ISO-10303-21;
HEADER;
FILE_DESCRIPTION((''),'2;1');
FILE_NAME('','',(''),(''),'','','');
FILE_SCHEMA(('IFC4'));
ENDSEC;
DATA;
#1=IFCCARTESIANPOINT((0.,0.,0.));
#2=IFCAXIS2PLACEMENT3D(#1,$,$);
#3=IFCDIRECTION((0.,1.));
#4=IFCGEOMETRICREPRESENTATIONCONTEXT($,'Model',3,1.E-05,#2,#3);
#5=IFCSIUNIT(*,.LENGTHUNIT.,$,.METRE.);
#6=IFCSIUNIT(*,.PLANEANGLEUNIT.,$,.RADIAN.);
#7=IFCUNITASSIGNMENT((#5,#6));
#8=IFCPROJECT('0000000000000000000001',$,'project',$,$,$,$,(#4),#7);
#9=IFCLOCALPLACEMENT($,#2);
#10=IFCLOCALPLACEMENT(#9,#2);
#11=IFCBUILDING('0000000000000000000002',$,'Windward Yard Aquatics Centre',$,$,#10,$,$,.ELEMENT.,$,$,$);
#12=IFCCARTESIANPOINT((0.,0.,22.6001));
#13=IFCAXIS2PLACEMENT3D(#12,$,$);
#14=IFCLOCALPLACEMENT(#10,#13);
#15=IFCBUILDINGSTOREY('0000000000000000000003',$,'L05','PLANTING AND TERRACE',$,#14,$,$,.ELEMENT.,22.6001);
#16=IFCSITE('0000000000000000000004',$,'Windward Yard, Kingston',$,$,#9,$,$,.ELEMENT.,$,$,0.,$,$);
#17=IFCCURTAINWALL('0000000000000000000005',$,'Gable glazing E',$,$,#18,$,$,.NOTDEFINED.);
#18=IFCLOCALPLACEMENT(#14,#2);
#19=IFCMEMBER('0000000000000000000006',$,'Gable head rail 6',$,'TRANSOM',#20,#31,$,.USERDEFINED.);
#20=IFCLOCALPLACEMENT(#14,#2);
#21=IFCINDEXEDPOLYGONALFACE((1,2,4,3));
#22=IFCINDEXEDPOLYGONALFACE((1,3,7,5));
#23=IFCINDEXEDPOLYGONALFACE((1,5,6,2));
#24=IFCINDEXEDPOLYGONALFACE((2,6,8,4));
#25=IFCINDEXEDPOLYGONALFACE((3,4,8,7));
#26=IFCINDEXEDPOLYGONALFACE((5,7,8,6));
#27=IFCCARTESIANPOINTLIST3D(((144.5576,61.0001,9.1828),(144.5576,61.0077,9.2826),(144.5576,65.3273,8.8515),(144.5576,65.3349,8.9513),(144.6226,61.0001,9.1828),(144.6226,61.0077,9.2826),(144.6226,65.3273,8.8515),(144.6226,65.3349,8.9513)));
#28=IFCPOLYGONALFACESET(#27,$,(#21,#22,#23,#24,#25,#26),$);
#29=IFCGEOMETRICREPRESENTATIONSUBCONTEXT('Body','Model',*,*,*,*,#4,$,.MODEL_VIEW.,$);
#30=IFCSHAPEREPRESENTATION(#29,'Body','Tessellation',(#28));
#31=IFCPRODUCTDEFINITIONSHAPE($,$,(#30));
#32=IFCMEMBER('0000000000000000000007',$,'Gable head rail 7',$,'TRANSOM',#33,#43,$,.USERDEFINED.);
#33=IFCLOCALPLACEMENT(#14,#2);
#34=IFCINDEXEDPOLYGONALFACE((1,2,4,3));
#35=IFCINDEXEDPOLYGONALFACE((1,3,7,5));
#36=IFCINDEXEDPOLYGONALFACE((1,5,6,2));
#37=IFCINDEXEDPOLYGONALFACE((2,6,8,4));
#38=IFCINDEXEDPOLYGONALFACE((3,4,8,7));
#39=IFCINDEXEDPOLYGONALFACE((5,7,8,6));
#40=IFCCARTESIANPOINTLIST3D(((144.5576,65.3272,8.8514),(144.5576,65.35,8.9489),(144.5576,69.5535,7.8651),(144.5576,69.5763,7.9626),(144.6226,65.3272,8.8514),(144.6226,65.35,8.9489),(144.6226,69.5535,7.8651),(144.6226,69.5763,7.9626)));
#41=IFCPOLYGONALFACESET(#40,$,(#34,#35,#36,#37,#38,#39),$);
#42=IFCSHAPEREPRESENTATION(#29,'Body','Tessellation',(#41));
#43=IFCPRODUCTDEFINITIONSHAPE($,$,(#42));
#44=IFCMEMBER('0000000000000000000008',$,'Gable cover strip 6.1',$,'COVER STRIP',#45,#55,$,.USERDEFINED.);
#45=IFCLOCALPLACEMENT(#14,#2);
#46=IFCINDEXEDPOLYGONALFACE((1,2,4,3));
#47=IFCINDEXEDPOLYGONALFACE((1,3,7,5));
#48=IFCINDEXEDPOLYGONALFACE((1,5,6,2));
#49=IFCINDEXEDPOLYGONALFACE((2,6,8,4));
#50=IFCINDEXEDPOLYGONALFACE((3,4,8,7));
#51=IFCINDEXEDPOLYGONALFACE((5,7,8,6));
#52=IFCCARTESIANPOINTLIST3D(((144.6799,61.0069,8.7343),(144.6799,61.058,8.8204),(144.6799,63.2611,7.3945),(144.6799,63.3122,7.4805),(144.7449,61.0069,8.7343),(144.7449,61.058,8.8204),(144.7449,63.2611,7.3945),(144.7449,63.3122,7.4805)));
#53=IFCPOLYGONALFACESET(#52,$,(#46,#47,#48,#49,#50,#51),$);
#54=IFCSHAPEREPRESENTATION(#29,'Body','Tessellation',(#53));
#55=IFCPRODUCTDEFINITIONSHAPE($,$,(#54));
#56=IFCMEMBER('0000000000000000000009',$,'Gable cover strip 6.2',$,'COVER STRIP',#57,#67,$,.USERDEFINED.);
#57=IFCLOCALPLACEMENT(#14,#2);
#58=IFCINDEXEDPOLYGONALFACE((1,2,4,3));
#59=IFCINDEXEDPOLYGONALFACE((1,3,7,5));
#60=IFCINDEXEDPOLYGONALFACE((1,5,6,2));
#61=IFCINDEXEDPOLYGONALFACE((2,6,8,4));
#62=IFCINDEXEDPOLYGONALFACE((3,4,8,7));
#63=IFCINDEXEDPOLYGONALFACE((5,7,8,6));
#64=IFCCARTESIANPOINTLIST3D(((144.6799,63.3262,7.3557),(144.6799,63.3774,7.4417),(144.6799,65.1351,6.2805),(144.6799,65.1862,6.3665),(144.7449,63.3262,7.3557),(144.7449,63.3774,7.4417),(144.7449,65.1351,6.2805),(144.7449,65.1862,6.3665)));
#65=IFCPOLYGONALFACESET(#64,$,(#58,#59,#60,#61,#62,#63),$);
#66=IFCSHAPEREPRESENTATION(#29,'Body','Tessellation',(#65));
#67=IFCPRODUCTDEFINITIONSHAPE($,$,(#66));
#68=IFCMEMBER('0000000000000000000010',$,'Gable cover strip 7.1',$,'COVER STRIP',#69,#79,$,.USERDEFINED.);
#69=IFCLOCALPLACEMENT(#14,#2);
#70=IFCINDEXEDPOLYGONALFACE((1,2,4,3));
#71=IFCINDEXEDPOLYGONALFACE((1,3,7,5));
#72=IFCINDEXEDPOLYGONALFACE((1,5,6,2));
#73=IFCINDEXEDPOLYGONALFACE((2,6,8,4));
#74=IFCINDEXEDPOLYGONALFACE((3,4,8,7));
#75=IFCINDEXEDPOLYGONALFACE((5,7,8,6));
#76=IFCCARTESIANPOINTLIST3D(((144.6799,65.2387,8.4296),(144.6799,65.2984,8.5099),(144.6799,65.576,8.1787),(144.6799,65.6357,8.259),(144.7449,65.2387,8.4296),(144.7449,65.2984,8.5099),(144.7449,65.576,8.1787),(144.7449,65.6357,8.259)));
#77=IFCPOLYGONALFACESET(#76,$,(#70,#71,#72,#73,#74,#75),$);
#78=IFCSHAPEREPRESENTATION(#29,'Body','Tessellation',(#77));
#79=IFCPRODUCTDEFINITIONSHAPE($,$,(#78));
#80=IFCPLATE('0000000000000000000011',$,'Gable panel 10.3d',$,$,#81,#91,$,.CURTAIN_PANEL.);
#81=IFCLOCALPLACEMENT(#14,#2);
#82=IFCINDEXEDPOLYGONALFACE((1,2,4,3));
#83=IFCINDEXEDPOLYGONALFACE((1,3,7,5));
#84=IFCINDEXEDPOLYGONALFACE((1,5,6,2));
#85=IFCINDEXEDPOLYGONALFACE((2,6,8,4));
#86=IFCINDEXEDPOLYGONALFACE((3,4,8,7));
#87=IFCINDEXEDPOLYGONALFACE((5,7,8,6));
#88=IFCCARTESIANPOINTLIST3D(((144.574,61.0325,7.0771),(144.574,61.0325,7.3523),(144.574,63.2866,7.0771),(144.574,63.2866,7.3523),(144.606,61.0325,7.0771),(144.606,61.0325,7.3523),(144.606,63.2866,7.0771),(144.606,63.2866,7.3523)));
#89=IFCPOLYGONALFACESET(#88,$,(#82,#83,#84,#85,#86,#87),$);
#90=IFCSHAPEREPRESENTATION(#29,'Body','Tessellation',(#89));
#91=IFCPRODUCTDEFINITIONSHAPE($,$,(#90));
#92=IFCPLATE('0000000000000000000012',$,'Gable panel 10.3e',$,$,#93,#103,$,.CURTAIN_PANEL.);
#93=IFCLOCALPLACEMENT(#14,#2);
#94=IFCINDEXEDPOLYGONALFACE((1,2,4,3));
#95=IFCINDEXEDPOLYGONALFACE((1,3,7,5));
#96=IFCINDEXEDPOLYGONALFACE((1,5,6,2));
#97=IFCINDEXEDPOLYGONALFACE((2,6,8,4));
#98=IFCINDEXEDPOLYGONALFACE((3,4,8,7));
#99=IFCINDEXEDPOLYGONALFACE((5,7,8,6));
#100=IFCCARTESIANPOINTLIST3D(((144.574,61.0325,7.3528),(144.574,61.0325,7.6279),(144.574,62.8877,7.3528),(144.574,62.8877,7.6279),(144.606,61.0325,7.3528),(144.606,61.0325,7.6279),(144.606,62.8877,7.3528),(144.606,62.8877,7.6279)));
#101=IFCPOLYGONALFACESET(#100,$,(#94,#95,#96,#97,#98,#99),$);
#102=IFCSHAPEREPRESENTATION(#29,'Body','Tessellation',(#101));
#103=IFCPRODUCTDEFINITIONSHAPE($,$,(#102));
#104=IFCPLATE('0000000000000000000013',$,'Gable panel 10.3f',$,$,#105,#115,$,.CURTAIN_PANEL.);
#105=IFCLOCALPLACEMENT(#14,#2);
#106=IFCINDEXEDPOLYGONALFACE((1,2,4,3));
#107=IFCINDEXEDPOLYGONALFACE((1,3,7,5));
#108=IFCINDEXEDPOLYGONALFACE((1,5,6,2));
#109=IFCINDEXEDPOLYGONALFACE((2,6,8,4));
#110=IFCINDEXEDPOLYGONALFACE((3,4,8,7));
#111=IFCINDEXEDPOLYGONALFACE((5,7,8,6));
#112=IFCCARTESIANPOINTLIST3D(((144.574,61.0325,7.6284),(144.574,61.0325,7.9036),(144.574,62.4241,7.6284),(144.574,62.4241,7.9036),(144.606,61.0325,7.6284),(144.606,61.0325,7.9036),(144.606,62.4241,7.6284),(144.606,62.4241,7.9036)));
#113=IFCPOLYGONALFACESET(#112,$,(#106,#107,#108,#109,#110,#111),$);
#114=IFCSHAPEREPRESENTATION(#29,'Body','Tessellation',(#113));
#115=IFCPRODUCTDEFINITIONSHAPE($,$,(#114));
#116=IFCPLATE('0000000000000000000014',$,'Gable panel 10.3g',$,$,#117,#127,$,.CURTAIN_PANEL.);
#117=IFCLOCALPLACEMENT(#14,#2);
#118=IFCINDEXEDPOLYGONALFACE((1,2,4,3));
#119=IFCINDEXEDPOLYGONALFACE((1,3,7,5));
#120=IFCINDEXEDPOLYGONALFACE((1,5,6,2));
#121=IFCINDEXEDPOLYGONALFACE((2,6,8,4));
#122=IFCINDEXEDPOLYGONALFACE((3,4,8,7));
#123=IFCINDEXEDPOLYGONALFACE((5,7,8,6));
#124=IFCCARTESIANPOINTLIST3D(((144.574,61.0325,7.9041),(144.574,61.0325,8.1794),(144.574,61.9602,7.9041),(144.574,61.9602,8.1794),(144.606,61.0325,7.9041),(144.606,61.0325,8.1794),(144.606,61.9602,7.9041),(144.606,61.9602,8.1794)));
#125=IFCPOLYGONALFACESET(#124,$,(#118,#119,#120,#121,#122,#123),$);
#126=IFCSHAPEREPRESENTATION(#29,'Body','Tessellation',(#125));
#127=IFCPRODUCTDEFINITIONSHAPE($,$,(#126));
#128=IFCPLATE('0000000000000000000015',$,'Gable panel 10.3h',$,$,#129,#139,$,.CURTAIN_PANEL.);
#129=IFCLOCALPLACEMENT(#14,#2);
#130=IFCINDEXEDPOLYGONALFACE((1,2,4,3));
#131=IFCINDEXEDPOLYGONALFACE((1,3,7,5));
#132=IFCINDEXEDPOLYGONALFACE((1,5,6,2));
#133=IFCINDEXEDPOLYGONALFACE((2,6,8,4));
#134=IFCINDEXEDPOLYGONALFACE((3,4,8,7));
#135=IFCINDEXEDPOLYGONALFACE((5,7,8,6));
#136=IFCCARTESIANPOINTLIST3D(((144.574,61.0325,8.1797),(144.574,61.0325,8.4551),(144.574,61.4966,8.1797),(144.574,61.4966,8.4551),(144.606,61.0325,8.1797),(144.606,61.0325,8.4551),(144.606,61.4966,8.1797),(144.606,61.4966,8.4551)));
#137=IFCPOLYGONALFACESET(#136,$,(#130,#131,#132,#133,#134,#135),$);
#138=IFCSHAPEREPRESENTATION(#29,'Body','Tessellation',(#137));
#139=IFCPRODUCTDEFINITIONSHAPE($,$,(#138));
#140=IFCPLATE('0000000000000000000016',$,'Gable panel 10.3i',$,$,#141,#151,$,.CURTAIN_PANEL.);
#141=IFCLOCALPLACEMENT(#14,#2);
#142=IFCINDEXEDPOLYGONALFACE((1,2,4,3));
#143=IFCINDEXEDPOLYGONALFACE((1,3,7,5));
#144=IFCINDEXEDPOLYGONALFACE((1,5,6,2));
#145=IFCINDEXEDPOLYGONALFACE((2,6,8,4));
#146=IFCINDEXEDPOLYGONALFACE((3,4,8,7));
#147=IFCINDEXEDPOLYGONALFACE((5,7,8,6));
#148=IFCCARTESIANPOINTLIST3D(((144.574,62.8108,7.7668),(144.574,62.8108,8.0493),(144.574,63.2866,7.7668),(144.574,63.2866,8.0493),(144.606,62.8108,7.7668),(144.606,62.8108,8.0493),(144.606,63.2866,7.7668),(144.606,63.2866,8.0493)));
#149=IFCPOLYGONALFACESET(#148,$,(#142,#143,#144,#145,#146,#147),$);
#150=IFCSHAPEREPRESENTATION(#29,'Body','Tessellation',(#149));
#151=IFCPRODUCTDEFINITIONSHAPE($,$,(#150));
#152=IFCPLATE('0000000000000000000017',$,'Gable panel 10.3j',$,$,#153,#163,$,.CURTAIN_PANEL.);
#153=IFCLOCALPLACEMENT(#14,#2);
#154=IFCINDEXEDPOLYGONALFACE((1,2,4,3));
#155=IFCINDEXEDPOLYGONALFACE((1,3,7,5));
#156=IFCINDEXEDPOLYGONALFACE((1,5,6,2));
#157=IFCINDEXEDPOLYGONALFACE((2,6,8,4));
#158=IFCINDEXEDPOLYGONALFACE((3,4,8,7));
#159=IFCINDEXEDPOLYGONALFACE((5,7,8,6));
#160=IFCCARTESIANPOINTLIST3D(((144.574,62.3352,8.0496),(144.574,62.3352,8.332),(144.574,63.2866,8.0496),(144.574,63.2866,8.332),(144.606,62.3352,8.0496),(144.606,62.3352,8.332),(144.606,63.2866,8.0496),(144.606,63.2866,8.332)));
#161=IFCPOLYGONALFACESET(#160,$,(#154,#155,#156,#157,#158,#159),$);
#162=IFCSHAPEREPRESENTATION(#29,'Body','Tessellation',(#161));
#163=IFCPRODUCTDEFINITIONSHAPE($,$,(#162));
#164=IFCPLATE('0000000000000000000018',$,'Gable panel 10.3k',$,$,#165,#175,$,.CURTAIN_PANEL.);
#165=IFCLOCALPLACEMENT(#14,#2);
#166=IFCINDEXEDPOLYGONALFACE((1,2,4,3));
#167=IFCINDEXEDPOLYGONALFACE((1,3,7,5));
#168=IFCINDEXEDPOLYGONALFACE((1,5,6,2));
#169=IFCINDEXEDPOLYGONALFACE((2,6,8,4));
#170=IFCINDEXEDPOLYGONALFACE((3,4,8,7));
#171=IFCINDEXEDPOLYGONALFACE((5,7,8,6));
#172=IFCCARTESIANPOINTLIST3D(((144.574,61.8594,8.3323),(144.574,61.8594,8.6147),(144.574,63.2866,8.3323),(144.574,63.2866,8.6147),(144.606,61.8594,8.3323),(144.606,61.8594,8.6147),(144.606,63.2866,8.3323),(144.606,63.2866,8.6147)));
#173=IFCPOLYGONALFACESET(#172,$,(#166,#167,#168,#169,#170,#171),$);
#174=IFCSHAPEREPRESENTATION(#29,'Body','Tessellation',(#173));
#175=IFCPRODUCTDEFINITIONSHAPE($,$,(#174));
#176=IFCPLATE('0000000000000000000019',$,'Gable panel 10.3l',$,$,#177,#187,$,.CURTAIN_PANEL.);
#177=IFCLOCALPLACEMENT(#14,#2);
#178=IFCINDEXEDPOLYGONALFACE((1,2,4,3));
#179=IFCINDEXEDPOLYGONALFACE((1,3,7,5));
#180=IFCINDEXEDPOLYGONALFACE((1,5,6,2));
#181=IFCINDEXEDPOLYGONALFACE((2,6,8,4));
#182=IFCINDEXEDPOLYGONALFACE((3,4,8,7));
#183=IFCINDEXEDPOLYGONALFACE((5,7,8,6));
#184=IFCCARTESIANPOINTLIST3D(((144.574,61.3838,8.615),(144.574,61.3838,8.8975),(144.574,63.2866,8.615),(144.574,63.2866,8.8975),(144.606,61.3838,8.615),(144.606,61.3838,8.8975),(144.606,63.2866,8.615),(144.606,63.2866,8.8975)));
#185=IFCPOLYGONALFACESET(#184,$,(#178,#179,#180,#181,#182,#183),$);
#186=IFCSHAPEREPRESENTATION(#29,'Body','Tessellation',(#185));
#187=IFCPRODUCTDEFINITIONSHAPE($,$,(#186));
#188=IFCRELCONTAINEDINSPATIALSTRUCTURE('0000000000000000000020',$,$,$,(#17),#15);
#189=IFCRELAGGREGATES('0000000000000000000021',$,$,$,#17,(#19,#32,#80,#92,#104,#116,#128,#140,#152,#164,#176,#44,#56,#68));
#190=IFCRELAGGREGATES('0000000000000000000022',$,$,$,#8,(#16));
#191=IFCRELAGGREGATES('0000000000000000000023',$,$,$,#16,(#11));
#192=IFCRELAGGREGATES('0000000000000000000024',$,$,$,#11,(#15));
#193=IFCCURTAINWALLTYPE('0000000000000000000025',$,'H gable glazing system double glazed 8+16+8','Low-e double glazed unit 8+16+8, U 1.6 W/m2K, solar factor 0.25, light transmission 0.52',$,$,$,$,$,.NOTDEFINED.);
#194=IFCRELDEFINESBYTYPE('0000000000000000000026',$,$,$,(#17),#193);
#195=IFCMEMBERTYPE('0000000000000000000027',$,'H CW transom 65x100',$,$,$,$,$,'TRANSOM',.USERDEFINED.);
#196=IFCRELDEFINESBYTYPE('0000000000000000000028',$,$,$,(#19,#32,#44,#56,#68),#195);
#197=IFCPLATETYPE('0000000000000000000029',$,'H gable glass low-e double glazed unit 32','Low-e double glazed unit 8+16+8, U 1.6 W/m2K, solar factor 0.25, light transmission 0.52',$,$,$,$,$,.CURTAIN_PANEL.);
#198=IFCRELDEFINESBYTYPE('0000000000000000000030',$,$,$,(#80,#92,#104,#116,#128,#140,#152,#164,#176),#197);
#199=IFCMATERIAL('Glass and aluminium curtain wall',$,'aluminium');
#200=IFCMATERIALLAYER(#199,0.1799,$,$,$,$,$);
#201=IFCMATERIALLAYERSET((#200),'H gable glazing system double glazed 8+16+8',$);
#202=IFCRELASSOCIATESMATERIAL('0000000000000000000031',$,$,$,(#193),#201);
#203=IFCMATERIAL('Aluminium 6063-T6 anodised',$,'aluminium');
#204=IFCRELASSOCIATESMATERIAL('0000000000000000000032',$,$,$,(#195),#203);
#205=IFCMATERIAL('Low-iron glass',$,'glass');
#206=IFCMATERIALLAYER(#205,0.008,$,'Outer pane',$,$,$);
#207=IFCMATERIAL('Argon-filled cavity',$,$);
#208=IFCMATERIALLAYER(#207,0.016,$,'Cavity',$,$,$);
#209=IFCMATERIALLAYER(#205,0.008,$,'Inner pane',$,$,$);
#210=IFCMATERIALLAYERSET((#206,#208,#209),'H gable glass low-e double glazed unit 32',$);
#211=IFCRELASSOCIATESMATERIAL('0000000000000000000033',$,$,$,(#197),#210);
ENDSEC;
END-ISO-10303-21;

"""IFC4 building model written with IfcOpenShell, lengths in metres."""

from ifc_helpers import new_model, si_unit, direction, frame, origin, origin_2d, place, context, subcontext, project, spatial, polyline, rectangle, outline, extrude, material, layer, layer_set, material_profile, profile_set, type_object, element, aggregate, save


model = new_model("IFC4")

# Units and contexts
model_context = context("Model", 3, precision=1e-05, world=origin(), true_north=direction((0.0, 1.0)))
body_context = subcontext(model_context, "Body", "Model", "MODEL_VIEW")
ifc_project = project(units=[si_unit("LENGTHUNIT", "METRE"), si_unit("PLANEANGLEUNIT", "RADIAN")], contexts=[model_context])

# Site, building, storey
site_placement = place(None, origin())
site = spatial("IfcSite", under=ifc_project, at=site_placement, Name="Windward Yard, Kingston", CompositionType="ELEMENT", RefElevation=0.0)
building_placement = place(site_placement, origin())
building = spatial("IfcBuilding", under=site, at=building_placement, Name="Windward Yard Aquatics Centre", CompositionType="ELEMENT")
storey_placement = place(building_placement, frame((0.0, 0.0, 22.6001)))
storey = spatial("IfcBuildingStorey", under=building, at=storey_placement, Name="L05", Description="PLANTING AND TERRACE", CompositionType="ELEMENT", Elevation=22.6001)

# Curtain wall, members, plates
ifc_material_1 = material(Name="Glass and aluminium curtain wall", Category="aluminium")
ifc_layer_1 = layer(ifc_material_1, 0.1799)
ifc_layer_set_1 = layer_set([ifc_layer_1], Name="H gable glazing system double glazed 8+16+8")
curtain_wall_type = type_object("IfcCurtainWallType", Name="H gable glazing system double glazed 8+16+8", Description="Low-e double glazed unit 8+16+8, U 1.6 W/m2K, solar factor 0.25, light transmission 0.52", PredefinedType="NOTDEFINED", material=ifc_layer_set_1)
curtain_wall_placement = place(storey_placement, origin())
curtain_wall = element("IfcCurtainWall", 1, at=curtain_wall_placement, inside=storey, type_object=curtain_wall_type, Name="Gable glazing E", PredefinedType="NOTDEFINED")
ifc_material_2 = material(Name="Aluminium 6063-T6 anodised", Category="aluminium")
ifc_material_profile = material_profile(ifc_material_2, rectangle(XDim=0.0649, YDim=0.1001, at=origin_2d()), Name="H CW transom 65x100")
ifc_profile_set = profile_set([ifc_material_profile], Name="Aluminium 6063-T6 anodised")
member_type = type_object("IfcMemberType", Name="H CW transom 65x100", ElementType="TRANSOM", PredefinedType="USERDEFINED", material=ifc_profile_set)
member_1_placement = place(storey_placement, frame((144.5901, 61.0039, 9.2327), z_axis=(0.0, 0.997082, -0.076339), x_axis=(-1.0, 0.0, 0.0)))
member_1 = element("IfcMember", 2, at=member_1_placement, type_object=member_type, Name="Gable head rail 6", ObjectType="TRANSOM", PredefinedType="USERDEFINED", context=body_context, shape_type="SweptSolid", body=[
    extrude(rectangle(XDim=0.0649, YDim=0.1001, at=origin_2d()), origin(), (0.0, 0.0, 1.0), 4.3398),
])
member_2_placement = place(storey_placement, frame((144.5901, 65.3386, 8.9001), z_axis=(0.0, 0.973832, -0.227271), x_axis=(-1.0, 0.0, 0.0)))
member_2 = element("IfcMember", 3, at=member_2_placement, type_object=member_type, Name="Gable head rail 7", ObjectType="TRANSOM", PredefinedType="USERDEFINED", context=body_context, shape_type="SweptSolid", body=[
    extrude(rectangle(XDim=0.0649, YDim=0.1001, at=origin_2d()), origin(), (0.0, 0.0, 1.0), 4.3398),
])
member_3_placement = place(storey_placement, frame((144.7124, 61.0325, 8.7773), z_axis=(0.0, 0.859613, -0.510945), x_axis=(-1.0, 0.0, 0.0)))
member_3 = element("IfcMember", 4, at=member_3_placement, type_object=member_type, Name="Gable cover strip 6.1", ObjectType="COVER STRIP", PredefinedType="USERDEFINED", context=body_context, shape_type="SweptSolid", body=[
    extrude(rectangle(XDim=0.0649, YDim=0.1001, at=origin_2d()), origin(), (0.0, 0.0, 1.0), 2.6223),
])
member_4_placement = place(storey_placement, frame((144.7124, 63.3518, 7.3987), z_axis=(0.0, 0.859605, -0.51096), x_axis=(-1.0, 0.0, 0.0)))
member_4 = element("IfcMember", 5, at=member_4_placement, type_object=member_type, Name="Gable cover strip 6.2", ObjectType="COVER STRIP", PredefinedType="USERDEFINED", context=body_context, shape_type="SweptSolid", body=[
    extrude(rectangle(XDim=0.0649, YDim=0.1001, at=origin_2d()), origin(), (0.0, 0.0, 1.0), 2.1042),
])
member_5_placement = place(storey_placement, frame((144.7124, 65.2686, 8.4697), z_axis=(0.0, 0.802363, -0.596837), x_axis=(-1.0, 0.0, 0.0)))
member_5 = element("IfcMember", 6, at=member_5_placement, type_object=member_type, Name="Gable cover strip 7.1", ObjectType="COVER STRIP", PredefinedType="USERDEFINED", context=body_context, shape_type="SweptSolid", body=[
    extrude(rectangle(XDim=0.0649, YDim=0.1001, at=origin_2d()), origin(), (0.0, 0.0, 1.0), 0.4204),
])
ifc_material_3 = material(Name="Low-iron glass", Category="glass")
ifc_layer_2 = layer(ifc_material_3, 0.008, Name="Outer pane")
ifc_material_4 = material(Name="Argon-filled cavity")
ifc_layer_3 = layer(ifc_material_4, 0.016, Name="Cavity")
ifc_layer_4 = layer(ifc_material_3, 0.008, Name="Inner pane")
ifc_layer_set_2 = layer_set([ifc_layer_2, ifc_layer_3, ifc_layer_4], Name="H gable glass low-e double glazed unit 32")
plate_type = type_object("IfcPlateType", Name="H gable glass low-e double glazed unit 32", Description="Low-e double glazed unit 8+16+8, U 1.6 W/m2K, solar factor 0.25, light transmission 0.52", PredefinedType="CURTAIN_PANEL", material=ifc_layer_set_2)
plate_1_placement = place(storey_placement, frame((144.606, 61.0325, 7.0771), z_axis=(1.0, 0.0, 0.0), x_axis=(0.0, 1.0, 0.0)))
plate_1 = element("IfcPlate", 7, at=plate_1_placement, type_object=plate_type, Name="Gable panel 10.3d", PredefinedType="CURTAIN_PANEL", context=body_context, shape_type="SweptSolid", body=[
    extrude(outline(polyline([(0.0, 0.0), (2.2542, 0.0), (2.2542, 0.2751), (0.0, 0.2751), (0.0, 0.0)])), origin(), (0.0, 0.0, -1.0), 0.032),
])
plate_2_placement = place(storey_placement, frame((144.606, 61.0325, 7.3528), z_axis=(1.0, 0.0, 0.0), x_axis=(0.0, 1.0, 0.0)))
plate_2 = element("IfcPlate", 8, at=plate_2_placement, type_object=plate_type, Name="Gable panel 10.3e", PredefinedType="CURTAIN_PANEL", context=body_context, shape_type="SweptSolid", body=[
    extrude(outline(polyline([(0.0, 0.0), (1.8552, 0.0), (1.8552, 0.2751), (0.0, 0.2751), (0.0, 0.0)])), origin(), (0.0, 0.0, -1.0), 0.032),
])
plate_3_placement = place(storey_placement, frame((144.606, 61.0325, 7.6284), z_axis=(1.0, 0.0, 0.0), x_axis=(0.0, 1.0, 0.0)))
plate_3 = element("IfcPlate", 9, at=plate_3_placement, type_object=plate_type, Name="Gable panel 10.3f", PredefinedType="CURTAIN_PANEL", context=body_context, shape_type="SweptSolid", body=[
    extrude(outline(polyline([(0.0, 0.0), (1.3916, 0.0), (1.3916, 0.2751), (0.0, 0.2751), (0.0, 0.0)])), origin(), (0.0, 0.0, -1.0), 0.032),
])
plate_4_placement = place(storey_placement, frame((144.606, 61.0325, 7.9041), z_axis=(1.0, 0.0, 0.0), x_axis=(0.0, 1.0, 0.0)))
plate_4 = element("IfcPlate", 10, at=plate_4_placement, type_object=plate_type, Name="Gable panel 10.3g", PredefinedType="CURTAIN_PANEL", context=body_context, shape_type="SweptSolid", body=[
    extrude(outline(polyline([(0.0, 0.0), (0.9277, 0.0), (0.9277, 0.2754), (0.0, 0.2754), (0.0, 0.0)])), origin(), (0.0, 0.0, -1.0), 0.032),
])
plate_5_placement = place(storey_placement, frame((144.606, 61.0325, 8.1797), z_axis=(1.0, 0.0, 0.0), x_axis=(0.0, 1.0, 0.0)))
plate_5 = element("IfcPlate", 11, at=plate_5_placement, type_object=plate_type, Name="Gable panel 10.3h", PredefinedType="CURTAIN_PANEL", context=body_context, shape_type="SweptSolid", body=[
    extrude(outline(polyline([(0.0, 0.0), (0.4641, 0.0), (0.4641, 0.2754), (0.0, 0.2754), (0.0, 0.0)])), origin(), (0.0, 0.0, -1.0), 0.032),
])
plate_6_placement = place(storey_placement, frame((144.606, 62.8108, 7.7668), z_axis=(1.0, 0.0, 0.0), x_axis=(0.0, 1.0, 0.0)))
plate_6 = element("IfcPlate", 12, at=plate_6_placement, type_object=plate_type, Name="Gable panel 10.3i", PredefinedType="CURTAIN_PANEL", context=body_context, shape_type="SweptSolid", body=[
    extrude(outline(polyline([(0.0, 0.0), (0.4758, 0.0), (0.4758, 0.2825), (0.0, 0.2825), (0.0, 0.0)])), origin(), (0.0, 0.0, -1.0), 0.032),
])
plate_7_placement = place(storey_placement, frame((144.606, 62.3352, 8.0496), z_axis=(1.0, 0.0, 0.0), x_axis=(0.0, 1.0, 0.0)))
plate_7 = element("IfcPlate", 13, at=plate_7_placement, type_object=plate_type, Name="Gable panel 10.3j", PredefinedType="CURTAIN_PANEL", context=body_context, shape_type="SweptSolid", body=[
    extrude(outline(polyline([(0.0, 0.0), (0.9514, 0.0), (0.9514, 0.2825), (0.0, 0.2825), (0.0, 0.0)])), origin(), (0.0, 0.0, -1.0), 0.032),
])
plate_8_placement = place(storey_placement, frame((144.606, 61.8594, 8.3323), z_axis=(1.0, 0.0, 0.0), x_axis=(0.0, 1.0, 0.0)))
plate_8 = element("IfcPlate", 14, at=plate_8_placement, type_object=plate_type, Name="Gable panel 10.3k", PredefinedType="CURTAIN_PANEL", context=body_context, shape_type="SweptSolid", body=[
    extrude(outline(polyline([(0.0, 0.0), (1.4272, 0.0), (1.4272, 0.2825), (0.0, 0.2825), (0.0, 0.0)])), origin(), (0.0, 0.0, -1.0), 0.032),
])
plate_9_placement = place(storey_placement, frame((144.606, 61.3838, 8.615), z_axis=(1.0, 0.0, 0.0), x_axis=(0.0, 1.0, 0.0)))
plate_9 = element("IfcPlate", 15, at=plate_9_placement, type_object=plate_type, Name="Gable panel 10.3l", PredefinedType="CURTAIN_PANEL", context=body_context, shape_type="SweptSolid", body=[
    extrude(outline(polyline([(0.0, 0.0), (1.9028, 0.0), (1.9028, 0.2825), (0.0, 0.2825), (0.0, 0.0)])), origin(), (0.0, 0.0, -1.0), 0.032),
])
aggregate(curtain_wall, [member_1, member_2, plate_1, plate_2, plate_3, plate_4, plate_5, plate_6, plate_7, plate_8, plate_9, member_3, member_4, member_5])

save(model, "model.ifc")
